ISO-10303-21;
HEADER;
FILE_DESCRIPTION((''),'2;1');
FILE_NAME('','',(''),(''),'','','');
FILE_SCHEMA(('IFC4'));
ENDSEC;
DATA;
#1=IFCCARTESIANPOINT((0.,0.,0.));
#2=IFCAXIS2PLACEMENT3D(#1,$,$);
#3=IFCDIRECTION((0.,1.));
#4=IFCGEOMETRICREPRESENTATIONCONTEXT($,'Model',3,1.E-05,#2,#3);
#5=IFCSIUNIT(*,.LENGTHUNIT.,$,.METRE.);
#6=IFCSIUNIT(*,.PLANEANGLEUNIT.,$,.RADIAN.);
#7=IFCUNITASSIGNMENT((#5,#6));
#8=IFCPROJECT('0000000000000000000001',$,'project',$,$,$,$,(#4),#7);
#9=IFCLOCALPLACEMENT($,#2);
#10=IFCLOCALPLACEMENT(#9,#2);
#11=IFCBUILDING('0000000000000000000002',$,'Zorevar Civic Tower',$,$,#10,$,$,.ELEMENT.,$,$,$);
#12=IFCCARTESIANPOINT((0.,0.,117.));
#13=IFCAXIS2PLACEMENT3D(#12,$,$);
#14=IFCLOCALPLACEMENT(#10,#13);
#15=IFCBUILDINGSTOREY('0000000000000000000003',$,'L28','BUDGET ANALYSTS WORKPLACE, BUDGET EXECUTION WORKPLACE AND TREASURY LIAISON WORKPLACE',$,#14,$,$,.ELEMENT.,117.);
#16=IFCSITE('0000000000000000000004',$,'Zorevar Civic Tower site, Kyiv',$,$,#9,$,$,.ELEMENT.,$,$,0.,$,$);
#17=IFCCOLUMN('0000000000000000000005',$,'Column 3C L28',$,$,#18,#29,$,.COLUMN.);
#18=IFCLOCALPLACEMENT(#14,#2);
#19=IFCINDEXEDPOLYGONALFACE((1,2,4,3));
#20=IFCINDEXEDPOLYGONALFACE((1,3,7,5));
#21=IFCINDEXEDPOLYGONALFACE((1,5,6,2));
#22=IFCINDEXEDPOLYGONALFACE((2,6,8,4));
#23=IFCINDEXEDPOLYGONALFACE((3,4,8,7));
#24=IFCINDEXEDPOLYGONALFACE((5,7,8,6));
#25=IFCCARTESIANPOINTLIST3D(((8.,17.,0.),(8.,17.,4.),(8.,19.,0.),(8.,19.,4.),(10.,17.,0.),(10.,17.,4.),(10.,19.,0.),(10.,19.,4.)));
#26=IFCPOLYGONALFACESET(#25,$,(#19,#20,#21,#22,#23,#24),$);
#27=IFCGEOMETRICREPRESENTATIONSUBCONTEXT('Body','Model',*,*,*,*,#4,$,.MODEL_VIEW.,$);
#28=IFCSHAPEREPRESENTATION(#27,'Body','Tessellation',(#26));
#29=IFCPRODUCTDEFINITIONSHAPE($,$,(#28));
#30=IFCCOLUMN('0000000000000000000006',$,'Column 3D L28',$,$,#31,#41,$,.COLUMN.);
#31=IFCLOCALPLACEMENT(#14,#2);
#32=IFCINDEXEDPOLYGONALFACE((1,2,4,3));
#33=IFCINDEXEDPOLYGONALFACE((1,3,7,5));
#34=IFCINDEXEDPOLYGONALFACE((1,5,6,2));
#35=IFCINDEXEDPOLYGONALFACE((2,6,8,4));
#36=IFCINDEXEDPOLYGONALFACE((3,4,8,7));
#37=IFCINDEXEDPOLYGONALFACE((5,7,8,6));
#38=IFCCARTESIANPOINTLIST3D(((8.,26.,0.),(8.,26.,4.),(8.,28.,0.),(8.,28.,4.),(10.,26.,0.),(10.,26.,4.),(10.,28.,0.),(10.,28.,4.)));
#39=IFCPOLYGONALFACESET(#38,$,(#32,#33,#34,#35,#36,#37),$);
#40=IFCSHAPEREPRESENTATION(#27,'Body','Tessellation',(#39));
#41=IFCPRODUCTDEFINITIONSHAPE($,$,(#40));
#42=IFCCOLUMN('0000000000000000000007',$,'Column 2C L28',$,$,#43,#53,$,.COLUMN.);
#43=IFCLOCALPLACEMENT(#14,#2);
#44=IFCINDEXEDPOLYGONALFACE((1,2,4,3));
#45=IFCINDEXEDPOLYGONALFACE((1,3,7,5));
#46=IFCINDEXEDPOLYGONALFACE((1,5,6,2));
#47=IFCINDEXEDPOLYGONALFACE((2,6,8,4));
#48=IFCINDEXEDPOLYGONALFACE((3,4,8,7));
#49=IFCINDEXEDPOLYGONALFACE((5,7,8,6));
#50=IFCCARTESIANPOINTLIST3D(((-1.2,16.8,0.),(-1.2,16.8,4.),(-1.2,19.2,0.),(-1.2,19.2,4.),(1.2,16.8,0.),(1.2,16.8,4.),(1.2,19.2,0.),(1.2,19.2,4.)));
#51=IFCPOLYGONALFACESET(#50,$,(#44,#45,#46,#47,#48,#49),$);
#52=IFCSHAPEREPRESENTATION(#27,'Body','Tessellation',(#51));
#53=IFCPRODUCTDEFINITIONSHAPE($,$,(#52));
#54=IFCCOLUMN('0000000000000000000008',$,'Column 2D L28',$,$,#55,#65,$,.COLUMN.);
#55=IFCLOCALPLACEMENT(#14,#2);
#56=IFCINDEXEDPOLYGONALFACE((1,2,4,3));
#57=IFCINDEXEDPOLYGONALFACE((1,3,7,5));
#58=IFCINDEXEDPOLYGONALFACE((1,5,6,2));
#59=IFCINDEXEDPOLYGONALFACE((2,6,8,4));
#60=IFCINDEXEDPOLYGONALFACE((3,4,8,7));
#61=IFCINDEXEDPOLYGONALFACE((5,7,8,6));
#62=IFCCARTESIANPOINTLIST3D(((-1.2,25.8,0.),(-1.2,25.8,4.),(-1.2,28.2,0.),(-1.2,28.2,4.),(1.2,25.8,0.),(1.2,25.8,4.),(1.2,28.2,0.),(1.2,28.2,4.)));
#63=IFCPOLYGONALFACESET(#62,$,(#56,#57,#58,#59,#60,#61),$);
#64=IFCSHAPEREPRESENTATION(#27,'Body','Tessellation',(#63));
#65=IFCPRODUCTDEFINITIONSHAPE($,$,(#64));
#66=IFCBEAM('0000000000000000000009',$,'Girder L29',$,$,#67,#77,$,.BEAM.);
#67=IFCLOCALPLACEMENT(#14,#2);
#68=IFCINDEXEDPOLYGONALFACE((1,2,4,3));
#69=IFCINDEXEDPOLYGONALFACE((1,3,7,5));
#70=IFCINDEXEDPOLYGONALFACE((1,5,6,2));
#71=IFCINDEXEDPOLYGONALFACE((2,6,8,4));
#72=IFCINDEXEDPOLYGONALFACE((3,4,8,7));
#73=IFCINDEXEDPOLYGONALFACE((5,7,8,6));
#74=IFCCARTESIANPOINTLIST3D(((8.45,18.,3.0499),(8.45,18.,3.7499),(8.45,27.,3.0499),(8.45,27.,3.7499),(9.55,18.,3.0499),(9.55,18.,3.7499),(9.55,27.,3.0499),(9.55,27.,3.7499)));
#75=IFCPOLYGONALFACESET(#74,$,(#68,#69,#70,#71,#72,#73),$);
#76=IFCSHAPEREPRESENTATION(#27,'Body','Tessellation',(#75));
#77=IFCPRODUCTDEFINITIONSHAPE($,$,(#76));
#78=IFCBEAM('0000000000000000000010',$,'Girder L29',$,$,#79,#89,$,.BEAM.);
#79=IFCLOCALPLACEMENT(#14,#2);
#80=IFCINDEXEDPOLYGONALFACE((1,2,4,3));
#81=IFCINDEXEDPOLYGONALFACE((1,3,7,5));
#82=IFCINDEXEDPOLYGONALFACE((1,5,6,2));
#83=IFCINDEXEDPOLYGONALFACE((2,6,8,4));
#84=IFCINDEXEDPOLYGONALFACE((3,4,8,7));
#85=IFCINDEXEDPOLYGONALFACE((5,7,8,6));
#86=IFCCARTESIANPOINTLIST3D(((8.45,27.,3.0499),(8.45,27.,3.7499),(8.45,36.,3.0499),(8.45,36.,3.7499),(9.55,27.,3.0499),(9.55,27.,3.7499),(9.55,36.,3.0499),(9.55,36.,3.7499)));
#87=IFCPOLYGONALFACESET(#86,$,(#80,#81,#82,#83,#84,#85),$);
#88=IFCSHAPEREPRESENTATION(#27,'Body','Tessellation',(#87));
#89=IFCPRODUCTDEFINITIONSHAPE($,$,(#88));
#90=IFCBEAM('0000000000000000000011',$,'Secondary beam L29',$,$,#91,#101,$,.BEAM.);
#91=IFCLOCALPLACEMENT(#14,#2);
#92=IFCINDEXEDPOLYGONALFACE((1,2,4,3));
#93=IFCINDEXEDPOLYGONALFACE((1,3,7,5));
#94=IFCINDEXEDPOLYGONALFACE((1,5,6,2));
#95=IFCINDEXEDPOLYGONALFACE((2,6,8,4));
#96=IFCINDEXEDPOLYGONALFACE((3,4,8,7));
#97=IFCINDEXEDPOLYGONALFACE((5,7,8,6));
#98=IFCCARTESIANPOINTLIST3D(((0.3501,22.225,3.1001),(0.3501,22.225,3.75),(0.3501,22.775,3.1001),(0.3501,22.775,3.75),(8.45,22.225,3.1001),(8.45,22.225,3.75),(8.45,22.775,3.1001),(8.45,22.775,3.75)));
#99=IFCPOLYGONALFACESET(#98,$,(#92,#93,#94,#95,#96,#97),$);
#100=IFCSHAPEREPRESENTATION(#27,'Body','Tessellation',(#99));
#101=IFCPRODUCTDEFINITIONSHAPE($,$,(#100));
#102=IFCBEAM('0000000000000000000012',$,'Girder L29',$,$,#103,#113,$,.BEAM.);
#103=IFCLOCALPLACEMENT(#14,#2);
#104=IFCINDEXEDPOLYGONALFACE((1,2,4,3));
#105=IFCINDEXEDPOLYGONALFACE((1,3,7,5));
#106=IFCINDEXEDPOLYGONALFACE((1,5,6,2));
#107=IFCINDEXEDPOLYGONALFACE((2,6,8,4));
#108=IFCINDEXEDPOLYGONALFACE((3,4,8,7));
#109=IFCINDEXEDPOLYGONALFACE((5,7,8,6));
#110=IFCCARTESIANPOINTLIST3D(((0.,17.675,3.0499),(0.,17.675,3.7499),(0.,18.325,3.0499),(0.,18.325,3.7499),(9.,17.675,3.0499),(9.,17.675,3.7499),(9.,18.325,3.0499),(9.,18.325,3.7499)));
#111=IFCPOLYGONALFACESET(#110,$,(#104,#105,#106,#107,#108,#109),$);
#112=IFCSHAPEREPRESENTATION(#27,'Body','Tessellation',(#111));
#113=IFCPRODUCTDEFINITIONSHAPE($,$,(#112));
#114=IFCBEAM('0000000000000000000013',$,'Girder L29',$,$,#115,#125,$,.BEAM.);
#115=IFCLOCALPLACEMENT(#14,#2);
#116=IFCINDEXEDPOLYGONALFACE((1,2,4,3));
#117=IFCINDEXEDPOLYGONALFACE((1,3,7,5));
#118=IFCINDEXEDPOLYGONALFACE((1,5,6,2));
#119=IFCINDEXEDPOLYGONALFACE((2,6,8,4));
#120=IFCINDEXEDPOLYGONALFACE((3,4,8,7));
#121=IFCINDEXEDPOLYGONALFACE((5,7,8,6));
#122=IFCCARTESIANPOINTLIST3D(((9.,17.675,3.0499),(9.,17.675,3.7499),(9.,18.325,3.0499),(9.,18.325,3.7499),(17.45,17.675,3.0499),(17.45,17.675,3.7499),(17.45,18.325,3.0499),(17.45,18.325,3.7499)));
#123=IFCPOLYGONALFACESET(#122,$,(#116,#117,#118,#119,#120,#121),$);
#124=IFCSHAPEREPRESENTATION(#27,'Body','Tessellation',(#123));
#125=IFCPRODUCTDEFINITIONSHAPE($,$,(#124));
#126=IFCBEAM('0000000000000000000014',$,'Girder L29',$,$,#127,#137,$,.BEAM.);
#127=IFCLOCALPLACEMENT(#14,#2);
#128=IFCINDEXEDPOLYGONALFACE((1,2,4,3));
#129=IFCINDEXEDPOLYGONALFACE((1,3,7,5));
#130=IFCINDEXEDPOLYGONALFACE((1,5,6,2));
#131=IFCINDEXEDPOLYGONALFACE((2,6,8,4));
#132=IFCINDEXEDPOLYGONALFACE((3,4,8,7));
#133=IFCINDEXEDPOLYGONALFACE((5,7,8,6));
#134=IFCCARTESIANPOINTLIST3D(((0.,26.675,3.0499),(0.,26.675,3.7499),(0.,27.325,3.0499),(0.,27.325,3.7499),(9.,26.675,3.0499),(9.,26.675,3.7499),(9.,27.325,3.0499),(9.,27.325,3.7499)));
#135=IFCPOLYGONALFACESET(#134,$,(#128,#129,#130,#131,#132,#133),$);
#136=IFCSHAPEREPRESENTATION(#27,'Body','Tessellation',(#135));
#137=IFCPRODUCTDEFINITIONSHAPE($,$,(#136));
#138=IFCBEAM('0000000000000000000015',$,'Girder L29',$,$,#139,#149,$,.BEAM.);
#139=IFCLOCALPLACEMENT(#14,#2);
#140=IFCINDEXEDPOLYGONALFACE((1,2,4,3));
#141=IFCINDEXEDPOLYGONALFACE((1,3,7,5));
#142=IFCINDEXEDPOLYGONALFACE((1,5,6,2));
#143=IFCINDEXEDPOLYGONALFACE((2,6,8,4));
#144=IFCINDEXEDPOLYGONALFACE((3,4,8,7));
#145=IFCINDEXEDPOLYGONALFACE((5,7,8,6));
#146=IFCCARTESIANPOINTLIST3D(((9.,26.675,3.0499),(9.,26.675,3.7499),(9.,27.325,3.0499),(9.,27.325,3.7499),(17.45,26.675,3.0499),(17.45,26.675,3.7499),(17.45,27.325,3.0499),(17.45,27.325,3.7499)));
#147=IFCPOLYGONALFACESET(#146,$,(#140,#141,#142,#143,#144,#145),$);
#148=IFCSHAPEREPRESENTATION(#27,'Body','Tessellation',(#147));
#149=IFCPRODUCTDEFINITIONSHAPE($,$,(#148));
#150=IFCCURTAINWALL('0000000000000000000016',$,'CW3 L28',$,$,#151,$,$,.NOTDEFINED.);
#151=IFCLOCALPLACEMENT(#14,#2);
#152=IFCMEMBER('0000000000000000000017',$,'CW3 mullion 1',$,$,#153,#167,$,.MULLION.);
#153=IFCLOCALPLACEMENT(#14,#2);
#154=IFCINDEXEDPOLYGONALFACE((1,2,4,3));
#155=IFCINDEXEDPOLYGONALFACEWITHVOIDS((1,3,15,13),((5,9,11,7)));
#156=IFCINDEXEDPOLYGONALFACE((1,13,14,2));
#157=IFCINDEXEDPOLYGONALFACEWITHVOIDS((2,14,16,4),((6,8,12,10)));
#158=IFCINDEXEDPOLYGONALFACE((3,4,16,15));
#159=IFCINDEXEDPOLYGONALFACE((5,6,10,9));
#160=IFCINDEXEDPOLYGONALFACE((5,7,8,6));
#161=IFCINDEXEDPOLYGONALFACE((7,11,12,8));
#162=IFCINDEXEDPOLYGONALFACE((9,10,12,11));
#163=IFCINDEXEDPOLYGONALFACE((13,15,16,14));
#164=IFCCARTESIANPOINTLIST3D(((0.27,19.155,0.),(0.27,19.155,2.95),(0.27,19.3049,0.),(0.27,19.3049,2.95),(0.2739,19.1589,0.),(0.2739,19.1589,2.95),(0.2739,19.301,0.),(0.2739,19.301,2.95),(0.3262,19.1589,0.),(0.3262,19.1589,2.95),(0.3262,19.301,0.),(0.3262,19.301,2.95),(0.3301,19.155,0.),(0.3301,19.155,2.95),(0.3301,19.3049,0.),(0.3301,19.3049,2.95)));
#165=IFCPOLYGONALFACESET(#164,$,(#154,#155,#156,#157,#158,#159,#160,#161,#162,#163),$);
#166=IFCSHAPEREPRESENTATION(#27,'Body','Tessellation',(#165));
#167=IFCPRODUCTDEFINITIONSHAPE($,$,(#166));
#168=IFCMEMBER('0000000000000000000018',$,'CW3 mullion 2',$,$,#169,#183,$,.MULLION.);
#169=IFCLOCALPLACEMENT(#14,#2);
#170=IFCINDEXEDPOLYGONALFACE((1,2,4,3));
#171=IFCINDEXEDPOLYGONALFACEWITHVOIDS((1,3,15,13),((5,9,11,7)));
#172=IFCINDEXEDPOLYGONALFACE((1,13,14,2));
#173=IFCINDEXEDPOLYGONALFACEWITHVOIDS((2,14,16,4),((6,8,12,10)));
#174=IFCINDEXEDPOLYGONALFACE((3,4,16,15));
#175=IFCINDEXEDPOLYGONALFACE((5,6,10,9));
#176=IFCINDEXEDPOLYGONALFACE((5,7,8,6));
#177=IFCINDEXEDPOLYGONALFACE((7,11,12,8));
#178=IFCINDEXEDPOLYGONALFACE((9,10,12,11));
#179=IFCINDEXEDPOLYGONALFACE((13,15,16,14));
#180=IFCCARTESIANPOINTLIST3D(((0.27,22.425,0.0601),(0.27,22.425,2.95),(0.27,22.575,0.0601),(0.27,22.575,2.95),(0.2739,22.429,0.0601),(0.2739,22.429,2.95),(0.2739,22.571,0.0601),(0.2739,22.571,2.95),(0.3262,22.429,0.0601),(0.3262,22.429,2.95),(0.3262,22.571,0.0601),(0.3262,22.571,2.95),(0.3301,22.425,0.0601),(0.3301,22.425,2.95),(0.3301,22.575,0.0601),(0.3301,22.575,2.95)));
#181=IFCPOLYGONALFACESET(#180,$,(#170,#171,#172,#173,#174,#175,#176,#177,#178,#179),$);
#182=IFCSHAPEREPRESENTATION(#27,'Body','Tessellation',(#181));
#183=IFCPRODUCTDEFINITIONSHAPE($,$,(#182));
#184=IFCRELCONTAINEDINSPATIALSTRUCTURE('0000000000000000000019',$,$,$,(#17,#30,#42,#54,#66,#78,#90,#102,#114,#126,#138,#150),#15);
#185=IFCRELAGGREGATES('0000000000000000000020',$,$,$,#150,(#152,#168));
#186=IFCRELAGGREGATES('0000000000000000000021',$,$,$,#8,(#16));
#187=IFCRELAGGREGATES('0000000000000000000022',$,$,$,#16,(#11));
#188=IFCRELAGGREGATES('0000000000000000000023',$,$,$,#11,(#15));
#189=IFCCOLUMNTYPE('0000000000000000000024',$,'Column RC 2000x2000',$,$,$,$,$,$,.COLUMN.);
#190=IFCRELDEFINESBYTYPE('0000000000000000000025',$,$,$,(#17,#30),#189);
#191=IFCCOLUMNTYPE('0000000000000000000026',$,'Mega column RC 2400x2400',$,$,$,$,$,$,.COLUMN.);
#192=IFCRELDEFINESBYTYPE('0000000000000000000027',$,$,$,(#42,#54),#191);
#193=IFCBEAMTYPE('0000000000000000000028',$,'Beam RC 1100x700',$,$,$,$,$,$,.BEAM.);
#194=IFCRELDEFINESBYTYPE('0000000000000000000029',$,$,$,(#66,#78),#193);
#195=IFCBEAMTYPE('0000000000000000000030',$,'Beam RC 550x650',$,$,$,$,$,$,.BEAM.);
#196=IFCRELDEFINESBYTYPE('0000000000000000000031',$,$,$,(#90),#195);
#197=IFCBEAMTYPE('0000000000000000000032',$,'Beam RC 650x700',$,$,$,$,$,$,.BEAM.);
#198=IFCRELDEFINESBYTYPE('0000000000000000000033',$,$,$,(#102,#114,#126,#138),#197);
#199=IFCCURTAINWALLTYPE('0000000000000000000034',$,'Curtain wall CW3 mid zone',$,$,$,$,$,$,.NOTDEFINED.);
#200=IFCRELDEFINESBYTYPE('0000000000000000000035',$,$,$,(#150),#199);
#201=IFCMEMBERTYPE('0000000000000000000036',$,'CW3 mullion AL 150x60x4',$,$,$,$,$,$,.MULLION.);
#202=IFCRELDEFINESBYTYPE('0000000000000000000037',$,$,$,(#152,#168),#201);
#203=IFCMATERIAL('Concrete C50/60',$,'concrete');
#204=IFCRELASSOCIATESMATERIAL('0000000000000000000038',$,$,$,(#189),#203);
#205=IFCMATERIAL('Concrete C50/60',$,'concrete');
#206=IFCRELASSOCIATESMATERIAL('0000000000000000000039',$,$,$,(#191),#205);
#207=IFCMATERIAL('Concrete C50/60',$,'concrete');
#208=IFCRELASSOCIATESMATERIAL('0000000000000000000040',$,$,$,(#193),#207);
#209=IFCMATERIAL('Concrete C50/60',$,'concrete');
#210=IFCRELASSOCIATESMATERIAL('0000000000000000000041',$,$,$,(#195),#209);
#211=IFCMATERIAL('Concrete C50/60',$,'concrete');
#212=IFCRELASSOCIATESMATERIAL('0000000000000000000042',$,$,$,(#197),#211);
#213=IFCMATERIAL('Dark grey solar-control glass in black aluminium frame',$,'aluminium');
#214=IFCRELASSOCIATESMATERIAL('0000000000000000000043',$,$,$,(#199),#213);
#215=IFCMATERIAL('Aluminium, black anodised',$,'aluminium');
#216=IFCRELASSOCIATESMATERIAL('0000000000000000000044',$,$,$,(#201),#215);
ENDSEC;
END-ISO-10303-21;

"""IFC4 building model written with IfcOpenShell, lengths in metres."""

from ifc_helpers import new_model, si_unit, direction, frame, origin, origin_2d, place, context, subcontext, project, spatial, rectangle, hollow_rectangle, extrude, material, material_profile, profile_set, type_object, element, aggregate, save


model = new_model("IFC4")

# Units and contexts
model_context = context("Model", 3, precision=1e-05, world=origin(), true_north=direction((0.0, 1.0)))
body_context = subcontext(model_context, "Body", "Model", "MODEL_VIEW")
ifc_project = project(units=[si_unit("LENGTHUNIT", "METRE"), si_unit("PLANEANGLEUNIT", "RADIAN")], contexts=[model_context])

# Site, building, storey
site_placement = place(None, origin())
site = spatial("IfcSite", under=ifc_project, at=site_placement, Name="Zorevar Civic Tower site, Kyiv", CompositionType="ELEMENT", RefElevation=0.0)
building_placement = place(site_placement, origin())
building = spatial("IfcBuilding", under=site, at=building_placement, Name="Zorevar Civic Tower", CompositionType="ELEMENT")
storey_placement = place(building_placement, frame((0.0, 0.0, 117.0)))
storey = spatial("IfcBuildingStorey", under=building, at=storey_placement, Name="L28", Description="BUDGET ANALYSTS WORKPLACE, BUDGET EXECUTION WORKPLACE AND TREASURY LIAISON WORKPLACE", CompositionType="ELEMENT", Elevation=117.0)

# Columns
ifc_material_1 = material(Name="Concrete C50/60", Category="concrete")
ifc_material_profile_1 = material_profile(ifc_material_1, rectangle(XDim=2.0, YDim=2.0, at=origin_2d()), Name="RC 2000x2000")
ifc_profile_set_1 = profile_set([ifc_material_profile_1], Name="Concrete C50/60")
column_type_1 = type_object("IfcColumnType", Name="Column RC 2000x2000", PredefinedType="COLUMN", material=ifc_profile_set_1)
for number, where, z_axis, x_axis, name in (
    (1, (9.0, 18.0, 0.0), (0.0, 0.0, 1.0), (1.0, 0.0, 0.0), "Column 3C L28"),
    (2, (9.0, 27.0, 0.0), (0.0, 0.0, 1.0), (1.0, 0.0, 0.0), "Column 3D L28"),
):
    element("IfcColumn", number, at=place(storey_placement, frame(where, z_axis=z_axis, x_axis=x_axis)), inside=storey, type_object=column_type_1, Name=name, PredefinedType="COLUMN", context=body_context, shape_type="SweptSolid", body=[
        extrude(rectangle(XDim=2.0, YDim=2.0, at=origin_2d()), origin(), (0.0, 0.0, 1.0), 4.0),
    ])
ifc_material_2 = material(Name="Concrete C50/60", Category="concrete")
ifc_material_profile_2 = material_profile(ifc_material_2, rectangle(XDim=2.3999, YDim=2.3999, at=origin_2d()), Name="RC 2400x2400")
ifc_profile_set_2 = profile_set([ifc_material_profile_2], Name="Concrete C50/60")
column_type_2 = type_object("IfcColumnType", Name="Mega column RC 2400x2400", PredefinedType="COLUMN", material=ifc_profile_set_2)
for number, where, z_axis, x_axis, name in (
    (3, (0.0, 18.0, 0.0), (0.0, 0.0, 1.0), (1.0, 0.0, 0.0), "Column 2C L28"),
    (4, (0.0, 27.0, 0.0), (0.0, 0.0, 1.0), (1.0, 0.0, 0.0), "Column 2D L28"),
):
    element("IfcColumn", number, at=place(storey_placement, frame(where, z_axis=z_axis, x_axis=x_axis)), inside=storey, type_object=column_type_2, Name=name, PredefinedType="COLUMN", context=body_context, shape_type="SweptSolid", body=[
        extrude(rectangle(XDim=2.3999, YDim=2.3999, at=origin_2d()), origin(), (0.0, 0.0, 1.0), 4.0),
    ])

# Beams
ifc_material_3 = material(Name="Concrete C50/60", Category="concrete")
ifc_material_profile_3 = material_profile(ifc_material_3, rectangle(XDim=1.1001, YDim=0.7, at=origin_2d()), Name="RC 1100x700")
ifc_profile_set_3 = profile_set([ifc_material_profile_3], Name="Concrete C50/60")
beam_type_1 = type_object("IfcBeamType", Name="Beam RC 1100x700", PredefinedType="BEAM", material=ifc_profile_set_3)
for number, where, z_axis, x_axis, name in (
    (5, (9.0, 18.0, 3.3999), (0.0, 1.0, 0.0), (-1.0, 0.0, 0.0), "Girder L29"),
    (6, (9.0, 27.0, 3.3999), (0.0, 1.0, 0.0), (-1.0, 0.0, 0.0), "Girder L29"),
):
    element("IfcBeam", number, at=place(storey_placement, frame(where, z_axis=z_axis, x_axis=x_axis)), inside=storey, type_object=beam_type_1, Name=name, PredefinedType="BEAM", context=body_context, shape_type="SweptSolid", body=[
        extrude(rectangle(XDim=1.1001, YDim=0.7, at=origin_2d()), origin(), (0.0, 0.0, 1.0), 9.0),
    ])
ifc_material_4 = material(Name="Concrete C50/60", Category="concrete")
ifc_material_profile_4 = material_profile(ifc_material_4, rectangle(XDim=0.55, YDim=0.6499, at=origin_2d()), Name="RC 550x650")
ifc_profile_set_4 = profile_set([ifc_material_profile_4], Name="Concrete C50/60")
beam_type_2 = type_object("IfcBeamType", Name="Beam RC 550x650", PredefinedType="BEAM", material=ifc_profile_set_4)
beam_1_placement = place(storey_placement, frame((0.3501, 22.5, 3.425), z_axis=(1.0, 0.0, 0.0), x_axis=(0.0, 1.0, 0.0)))
element("IfcBeam", 7, at=beam_1_placement, inside=storey, type_object=beam_type_2, Name="Secondary beam L29", PredefinedType="BEAM", context=body_context, shape_type="SweptSolid", body=[
    extrude(rectangle(XDim=0.55, YDim=0.6499, at=origin_2d()), origin(), (0.0, 0.0, 1.0), 8.0999),
])
ifc_material_5 = material(Name="Concrete C50/60", Category="concrete")
ifc_material_profile_5 = material_profile(ifc_material_5, rectangle(XDim=0.6499, YDim=0.7, at=origin_2d()), Name="RC 650x700")
ifc_profile_set_5 = profile_set([ifc_material_profile_5], Name="Concrete C50/60")
beam_type_3 = type_object("IfcBeamType", Name="Beam RC 650x700", PredefinedType="BEAM", material=ifc_profile_set_5)
beam_2_placement = place(storey_placement, frame((0.0, 18.0, 3.3999), z_axis=(1.0, 0.0, 0.0), x_axis=(0.0, 1.0, 0.0)))
element("IfcBeam", 8, at=beam_2_placement, inside=storey, type_object=beam_type_3, Name="Girder L29", PredefinedType="BEAM", context=body_context, shape_type="SweptSolid", body=[
    extrude(rectangle(XDim=0.6499, YDim=0.7, at=origin_2d()), origin(), (0.0, 0.0, 1.0), 9.0),
])
beam_3_placement = place(storey_placement, frame((9.0, 18.0, 3.3999), z_axis=(1.0, 0.0, 0.0), x_axis=(0.0, 1.0, 0.0)))
element("IfcBeam", 9, at=beam_3_placement, inside=storey, type_object=beam_type_3, Name="Girder L29", PredefinedType="BEAM", context=body_context, shape_type="SweptSolid", body=[
    extrude(rectangle(XDim=0.6499, YDim=0.7, at=origin_2d()), origin(), (0.0, 0.0, 1.0), 8.45),
])
beam_4_placement = place(storey_placement, frame((0.0, 27.0, 3.3999), z_axis=(1.0, 0.0, 0.0), x_axis=(0.0, 1.0, 0.0)))
element("IfcBeam", 10, at=beam_4_placement, inside=storey, type_object=beam_type_3, Name="Girder L29", PredefinedType="BEAM", context=body_context, shape_type="SweptSolid", body=[
    extrude(rectangle(XDim=0.6499, YDim=0.7, at=origin_2d()), origin(), (0.0, 0.0, 1.0), 9.0),
])
beam_5_placement = place(storey_placement, frame((9.0, 27.0, 3.3999), z_axis=(1.0, 0.0, 0.0), x_axis=(0.0, 1.0, 0.0)))
element("IfcBeam", 11, at=beam_5_placement, inside=storey, type_object=beam_type_3, Name="Girder L29", PredefinedType="BEAM", context=body_context, shape_type="SweptSolid", body=[
    extrude(rectangle(XDim=0.6499, YDim=0.7, at=origin_2d()), origin(), (0.0, 0.0, 1.0), 8.45),
])

# Curtain wall, members
ifc_material_6 = material(Name="Dark grey solar-control glass in black aluminium frame", Category="aluminium")
curtain_wall_type = type_object("IfcCurtainWallType", Name="Curtain wall CW3 mid zone", PredefinedType="NOTDEFINED", material=ifc_material_6)
curtain_wall_1_placement = place(storey_placement, origin())
curtain_wall_1 = element("IfcCurtainWall", 12, at=curtain_wall_1_placement, inside=storey, type_object=curtain_wall_type, Name="CW3 L28", PredefinedType="NOTDEFINED")
ifc_material_7 = material(Name="Aluminium, black anodised", Category="aluminium")
ifc_material_profile_6 = material_profile(ifc_material_7, hollow_rectangle(XDim=0.0601, YDim=0.1499, WallThickness=0.0039, at=origin_2d()), Name="AL 150x60x4")
ifc_profile_set_6 = profile_set([ifc_material_profile_6], Name="Aluminium, black anodised")
member_type_1 = type_object("IfcMemberType", Name="CW3 mullion AL 150x60x4", PredefinedType="MULLION", material=ifc_profile_set_6)
member_1_placement = place(storey_placement, frame((0.3, 19.23, 0.0), z_axis=(0.0, 0.0, 1.0), x_axis=(-1.0, 0.0, 0.0)))
member_1 = element("IfcMember", 13, at=member_1_placement, type_object=member_type_1, Name="CW3 mullion 1", PredefinedType="MULLION", context=body_context, shape_type="SweptSolid", body=[
    extrude(hollow_rectangle(XDim=0.0601, YDim=0.1499, WallThickness=0.0039, at=origin_2d()), origin(), (0.0, 0.0, 1.0), 2.95),
])
member_2_placement = place(storey_placement, frame((0.3, 22.5, 0.0601), z_axis=(0.0, 0.0, 1.0), x_axis=(-1.0, 0.0, 0.0)))
member_2 = element("IfcMember", 14, at=member_2_placement, type_object=member_type_1, Name="CW3 mullion 2", PredefinedType="MULLION", context=body_context, shape_type="SweptSolid", body=[
    extrude(hollow_rectangle(XDim=0.0601, YDim=0.1499, WallThickness=0.0039, at=origin_2d()), origin(), (0.0, 0.0, 1.0), 2.8899),
])

aggregate(curtain_wall_1, [member_1, member_2])

save(model, "model.ifc")
